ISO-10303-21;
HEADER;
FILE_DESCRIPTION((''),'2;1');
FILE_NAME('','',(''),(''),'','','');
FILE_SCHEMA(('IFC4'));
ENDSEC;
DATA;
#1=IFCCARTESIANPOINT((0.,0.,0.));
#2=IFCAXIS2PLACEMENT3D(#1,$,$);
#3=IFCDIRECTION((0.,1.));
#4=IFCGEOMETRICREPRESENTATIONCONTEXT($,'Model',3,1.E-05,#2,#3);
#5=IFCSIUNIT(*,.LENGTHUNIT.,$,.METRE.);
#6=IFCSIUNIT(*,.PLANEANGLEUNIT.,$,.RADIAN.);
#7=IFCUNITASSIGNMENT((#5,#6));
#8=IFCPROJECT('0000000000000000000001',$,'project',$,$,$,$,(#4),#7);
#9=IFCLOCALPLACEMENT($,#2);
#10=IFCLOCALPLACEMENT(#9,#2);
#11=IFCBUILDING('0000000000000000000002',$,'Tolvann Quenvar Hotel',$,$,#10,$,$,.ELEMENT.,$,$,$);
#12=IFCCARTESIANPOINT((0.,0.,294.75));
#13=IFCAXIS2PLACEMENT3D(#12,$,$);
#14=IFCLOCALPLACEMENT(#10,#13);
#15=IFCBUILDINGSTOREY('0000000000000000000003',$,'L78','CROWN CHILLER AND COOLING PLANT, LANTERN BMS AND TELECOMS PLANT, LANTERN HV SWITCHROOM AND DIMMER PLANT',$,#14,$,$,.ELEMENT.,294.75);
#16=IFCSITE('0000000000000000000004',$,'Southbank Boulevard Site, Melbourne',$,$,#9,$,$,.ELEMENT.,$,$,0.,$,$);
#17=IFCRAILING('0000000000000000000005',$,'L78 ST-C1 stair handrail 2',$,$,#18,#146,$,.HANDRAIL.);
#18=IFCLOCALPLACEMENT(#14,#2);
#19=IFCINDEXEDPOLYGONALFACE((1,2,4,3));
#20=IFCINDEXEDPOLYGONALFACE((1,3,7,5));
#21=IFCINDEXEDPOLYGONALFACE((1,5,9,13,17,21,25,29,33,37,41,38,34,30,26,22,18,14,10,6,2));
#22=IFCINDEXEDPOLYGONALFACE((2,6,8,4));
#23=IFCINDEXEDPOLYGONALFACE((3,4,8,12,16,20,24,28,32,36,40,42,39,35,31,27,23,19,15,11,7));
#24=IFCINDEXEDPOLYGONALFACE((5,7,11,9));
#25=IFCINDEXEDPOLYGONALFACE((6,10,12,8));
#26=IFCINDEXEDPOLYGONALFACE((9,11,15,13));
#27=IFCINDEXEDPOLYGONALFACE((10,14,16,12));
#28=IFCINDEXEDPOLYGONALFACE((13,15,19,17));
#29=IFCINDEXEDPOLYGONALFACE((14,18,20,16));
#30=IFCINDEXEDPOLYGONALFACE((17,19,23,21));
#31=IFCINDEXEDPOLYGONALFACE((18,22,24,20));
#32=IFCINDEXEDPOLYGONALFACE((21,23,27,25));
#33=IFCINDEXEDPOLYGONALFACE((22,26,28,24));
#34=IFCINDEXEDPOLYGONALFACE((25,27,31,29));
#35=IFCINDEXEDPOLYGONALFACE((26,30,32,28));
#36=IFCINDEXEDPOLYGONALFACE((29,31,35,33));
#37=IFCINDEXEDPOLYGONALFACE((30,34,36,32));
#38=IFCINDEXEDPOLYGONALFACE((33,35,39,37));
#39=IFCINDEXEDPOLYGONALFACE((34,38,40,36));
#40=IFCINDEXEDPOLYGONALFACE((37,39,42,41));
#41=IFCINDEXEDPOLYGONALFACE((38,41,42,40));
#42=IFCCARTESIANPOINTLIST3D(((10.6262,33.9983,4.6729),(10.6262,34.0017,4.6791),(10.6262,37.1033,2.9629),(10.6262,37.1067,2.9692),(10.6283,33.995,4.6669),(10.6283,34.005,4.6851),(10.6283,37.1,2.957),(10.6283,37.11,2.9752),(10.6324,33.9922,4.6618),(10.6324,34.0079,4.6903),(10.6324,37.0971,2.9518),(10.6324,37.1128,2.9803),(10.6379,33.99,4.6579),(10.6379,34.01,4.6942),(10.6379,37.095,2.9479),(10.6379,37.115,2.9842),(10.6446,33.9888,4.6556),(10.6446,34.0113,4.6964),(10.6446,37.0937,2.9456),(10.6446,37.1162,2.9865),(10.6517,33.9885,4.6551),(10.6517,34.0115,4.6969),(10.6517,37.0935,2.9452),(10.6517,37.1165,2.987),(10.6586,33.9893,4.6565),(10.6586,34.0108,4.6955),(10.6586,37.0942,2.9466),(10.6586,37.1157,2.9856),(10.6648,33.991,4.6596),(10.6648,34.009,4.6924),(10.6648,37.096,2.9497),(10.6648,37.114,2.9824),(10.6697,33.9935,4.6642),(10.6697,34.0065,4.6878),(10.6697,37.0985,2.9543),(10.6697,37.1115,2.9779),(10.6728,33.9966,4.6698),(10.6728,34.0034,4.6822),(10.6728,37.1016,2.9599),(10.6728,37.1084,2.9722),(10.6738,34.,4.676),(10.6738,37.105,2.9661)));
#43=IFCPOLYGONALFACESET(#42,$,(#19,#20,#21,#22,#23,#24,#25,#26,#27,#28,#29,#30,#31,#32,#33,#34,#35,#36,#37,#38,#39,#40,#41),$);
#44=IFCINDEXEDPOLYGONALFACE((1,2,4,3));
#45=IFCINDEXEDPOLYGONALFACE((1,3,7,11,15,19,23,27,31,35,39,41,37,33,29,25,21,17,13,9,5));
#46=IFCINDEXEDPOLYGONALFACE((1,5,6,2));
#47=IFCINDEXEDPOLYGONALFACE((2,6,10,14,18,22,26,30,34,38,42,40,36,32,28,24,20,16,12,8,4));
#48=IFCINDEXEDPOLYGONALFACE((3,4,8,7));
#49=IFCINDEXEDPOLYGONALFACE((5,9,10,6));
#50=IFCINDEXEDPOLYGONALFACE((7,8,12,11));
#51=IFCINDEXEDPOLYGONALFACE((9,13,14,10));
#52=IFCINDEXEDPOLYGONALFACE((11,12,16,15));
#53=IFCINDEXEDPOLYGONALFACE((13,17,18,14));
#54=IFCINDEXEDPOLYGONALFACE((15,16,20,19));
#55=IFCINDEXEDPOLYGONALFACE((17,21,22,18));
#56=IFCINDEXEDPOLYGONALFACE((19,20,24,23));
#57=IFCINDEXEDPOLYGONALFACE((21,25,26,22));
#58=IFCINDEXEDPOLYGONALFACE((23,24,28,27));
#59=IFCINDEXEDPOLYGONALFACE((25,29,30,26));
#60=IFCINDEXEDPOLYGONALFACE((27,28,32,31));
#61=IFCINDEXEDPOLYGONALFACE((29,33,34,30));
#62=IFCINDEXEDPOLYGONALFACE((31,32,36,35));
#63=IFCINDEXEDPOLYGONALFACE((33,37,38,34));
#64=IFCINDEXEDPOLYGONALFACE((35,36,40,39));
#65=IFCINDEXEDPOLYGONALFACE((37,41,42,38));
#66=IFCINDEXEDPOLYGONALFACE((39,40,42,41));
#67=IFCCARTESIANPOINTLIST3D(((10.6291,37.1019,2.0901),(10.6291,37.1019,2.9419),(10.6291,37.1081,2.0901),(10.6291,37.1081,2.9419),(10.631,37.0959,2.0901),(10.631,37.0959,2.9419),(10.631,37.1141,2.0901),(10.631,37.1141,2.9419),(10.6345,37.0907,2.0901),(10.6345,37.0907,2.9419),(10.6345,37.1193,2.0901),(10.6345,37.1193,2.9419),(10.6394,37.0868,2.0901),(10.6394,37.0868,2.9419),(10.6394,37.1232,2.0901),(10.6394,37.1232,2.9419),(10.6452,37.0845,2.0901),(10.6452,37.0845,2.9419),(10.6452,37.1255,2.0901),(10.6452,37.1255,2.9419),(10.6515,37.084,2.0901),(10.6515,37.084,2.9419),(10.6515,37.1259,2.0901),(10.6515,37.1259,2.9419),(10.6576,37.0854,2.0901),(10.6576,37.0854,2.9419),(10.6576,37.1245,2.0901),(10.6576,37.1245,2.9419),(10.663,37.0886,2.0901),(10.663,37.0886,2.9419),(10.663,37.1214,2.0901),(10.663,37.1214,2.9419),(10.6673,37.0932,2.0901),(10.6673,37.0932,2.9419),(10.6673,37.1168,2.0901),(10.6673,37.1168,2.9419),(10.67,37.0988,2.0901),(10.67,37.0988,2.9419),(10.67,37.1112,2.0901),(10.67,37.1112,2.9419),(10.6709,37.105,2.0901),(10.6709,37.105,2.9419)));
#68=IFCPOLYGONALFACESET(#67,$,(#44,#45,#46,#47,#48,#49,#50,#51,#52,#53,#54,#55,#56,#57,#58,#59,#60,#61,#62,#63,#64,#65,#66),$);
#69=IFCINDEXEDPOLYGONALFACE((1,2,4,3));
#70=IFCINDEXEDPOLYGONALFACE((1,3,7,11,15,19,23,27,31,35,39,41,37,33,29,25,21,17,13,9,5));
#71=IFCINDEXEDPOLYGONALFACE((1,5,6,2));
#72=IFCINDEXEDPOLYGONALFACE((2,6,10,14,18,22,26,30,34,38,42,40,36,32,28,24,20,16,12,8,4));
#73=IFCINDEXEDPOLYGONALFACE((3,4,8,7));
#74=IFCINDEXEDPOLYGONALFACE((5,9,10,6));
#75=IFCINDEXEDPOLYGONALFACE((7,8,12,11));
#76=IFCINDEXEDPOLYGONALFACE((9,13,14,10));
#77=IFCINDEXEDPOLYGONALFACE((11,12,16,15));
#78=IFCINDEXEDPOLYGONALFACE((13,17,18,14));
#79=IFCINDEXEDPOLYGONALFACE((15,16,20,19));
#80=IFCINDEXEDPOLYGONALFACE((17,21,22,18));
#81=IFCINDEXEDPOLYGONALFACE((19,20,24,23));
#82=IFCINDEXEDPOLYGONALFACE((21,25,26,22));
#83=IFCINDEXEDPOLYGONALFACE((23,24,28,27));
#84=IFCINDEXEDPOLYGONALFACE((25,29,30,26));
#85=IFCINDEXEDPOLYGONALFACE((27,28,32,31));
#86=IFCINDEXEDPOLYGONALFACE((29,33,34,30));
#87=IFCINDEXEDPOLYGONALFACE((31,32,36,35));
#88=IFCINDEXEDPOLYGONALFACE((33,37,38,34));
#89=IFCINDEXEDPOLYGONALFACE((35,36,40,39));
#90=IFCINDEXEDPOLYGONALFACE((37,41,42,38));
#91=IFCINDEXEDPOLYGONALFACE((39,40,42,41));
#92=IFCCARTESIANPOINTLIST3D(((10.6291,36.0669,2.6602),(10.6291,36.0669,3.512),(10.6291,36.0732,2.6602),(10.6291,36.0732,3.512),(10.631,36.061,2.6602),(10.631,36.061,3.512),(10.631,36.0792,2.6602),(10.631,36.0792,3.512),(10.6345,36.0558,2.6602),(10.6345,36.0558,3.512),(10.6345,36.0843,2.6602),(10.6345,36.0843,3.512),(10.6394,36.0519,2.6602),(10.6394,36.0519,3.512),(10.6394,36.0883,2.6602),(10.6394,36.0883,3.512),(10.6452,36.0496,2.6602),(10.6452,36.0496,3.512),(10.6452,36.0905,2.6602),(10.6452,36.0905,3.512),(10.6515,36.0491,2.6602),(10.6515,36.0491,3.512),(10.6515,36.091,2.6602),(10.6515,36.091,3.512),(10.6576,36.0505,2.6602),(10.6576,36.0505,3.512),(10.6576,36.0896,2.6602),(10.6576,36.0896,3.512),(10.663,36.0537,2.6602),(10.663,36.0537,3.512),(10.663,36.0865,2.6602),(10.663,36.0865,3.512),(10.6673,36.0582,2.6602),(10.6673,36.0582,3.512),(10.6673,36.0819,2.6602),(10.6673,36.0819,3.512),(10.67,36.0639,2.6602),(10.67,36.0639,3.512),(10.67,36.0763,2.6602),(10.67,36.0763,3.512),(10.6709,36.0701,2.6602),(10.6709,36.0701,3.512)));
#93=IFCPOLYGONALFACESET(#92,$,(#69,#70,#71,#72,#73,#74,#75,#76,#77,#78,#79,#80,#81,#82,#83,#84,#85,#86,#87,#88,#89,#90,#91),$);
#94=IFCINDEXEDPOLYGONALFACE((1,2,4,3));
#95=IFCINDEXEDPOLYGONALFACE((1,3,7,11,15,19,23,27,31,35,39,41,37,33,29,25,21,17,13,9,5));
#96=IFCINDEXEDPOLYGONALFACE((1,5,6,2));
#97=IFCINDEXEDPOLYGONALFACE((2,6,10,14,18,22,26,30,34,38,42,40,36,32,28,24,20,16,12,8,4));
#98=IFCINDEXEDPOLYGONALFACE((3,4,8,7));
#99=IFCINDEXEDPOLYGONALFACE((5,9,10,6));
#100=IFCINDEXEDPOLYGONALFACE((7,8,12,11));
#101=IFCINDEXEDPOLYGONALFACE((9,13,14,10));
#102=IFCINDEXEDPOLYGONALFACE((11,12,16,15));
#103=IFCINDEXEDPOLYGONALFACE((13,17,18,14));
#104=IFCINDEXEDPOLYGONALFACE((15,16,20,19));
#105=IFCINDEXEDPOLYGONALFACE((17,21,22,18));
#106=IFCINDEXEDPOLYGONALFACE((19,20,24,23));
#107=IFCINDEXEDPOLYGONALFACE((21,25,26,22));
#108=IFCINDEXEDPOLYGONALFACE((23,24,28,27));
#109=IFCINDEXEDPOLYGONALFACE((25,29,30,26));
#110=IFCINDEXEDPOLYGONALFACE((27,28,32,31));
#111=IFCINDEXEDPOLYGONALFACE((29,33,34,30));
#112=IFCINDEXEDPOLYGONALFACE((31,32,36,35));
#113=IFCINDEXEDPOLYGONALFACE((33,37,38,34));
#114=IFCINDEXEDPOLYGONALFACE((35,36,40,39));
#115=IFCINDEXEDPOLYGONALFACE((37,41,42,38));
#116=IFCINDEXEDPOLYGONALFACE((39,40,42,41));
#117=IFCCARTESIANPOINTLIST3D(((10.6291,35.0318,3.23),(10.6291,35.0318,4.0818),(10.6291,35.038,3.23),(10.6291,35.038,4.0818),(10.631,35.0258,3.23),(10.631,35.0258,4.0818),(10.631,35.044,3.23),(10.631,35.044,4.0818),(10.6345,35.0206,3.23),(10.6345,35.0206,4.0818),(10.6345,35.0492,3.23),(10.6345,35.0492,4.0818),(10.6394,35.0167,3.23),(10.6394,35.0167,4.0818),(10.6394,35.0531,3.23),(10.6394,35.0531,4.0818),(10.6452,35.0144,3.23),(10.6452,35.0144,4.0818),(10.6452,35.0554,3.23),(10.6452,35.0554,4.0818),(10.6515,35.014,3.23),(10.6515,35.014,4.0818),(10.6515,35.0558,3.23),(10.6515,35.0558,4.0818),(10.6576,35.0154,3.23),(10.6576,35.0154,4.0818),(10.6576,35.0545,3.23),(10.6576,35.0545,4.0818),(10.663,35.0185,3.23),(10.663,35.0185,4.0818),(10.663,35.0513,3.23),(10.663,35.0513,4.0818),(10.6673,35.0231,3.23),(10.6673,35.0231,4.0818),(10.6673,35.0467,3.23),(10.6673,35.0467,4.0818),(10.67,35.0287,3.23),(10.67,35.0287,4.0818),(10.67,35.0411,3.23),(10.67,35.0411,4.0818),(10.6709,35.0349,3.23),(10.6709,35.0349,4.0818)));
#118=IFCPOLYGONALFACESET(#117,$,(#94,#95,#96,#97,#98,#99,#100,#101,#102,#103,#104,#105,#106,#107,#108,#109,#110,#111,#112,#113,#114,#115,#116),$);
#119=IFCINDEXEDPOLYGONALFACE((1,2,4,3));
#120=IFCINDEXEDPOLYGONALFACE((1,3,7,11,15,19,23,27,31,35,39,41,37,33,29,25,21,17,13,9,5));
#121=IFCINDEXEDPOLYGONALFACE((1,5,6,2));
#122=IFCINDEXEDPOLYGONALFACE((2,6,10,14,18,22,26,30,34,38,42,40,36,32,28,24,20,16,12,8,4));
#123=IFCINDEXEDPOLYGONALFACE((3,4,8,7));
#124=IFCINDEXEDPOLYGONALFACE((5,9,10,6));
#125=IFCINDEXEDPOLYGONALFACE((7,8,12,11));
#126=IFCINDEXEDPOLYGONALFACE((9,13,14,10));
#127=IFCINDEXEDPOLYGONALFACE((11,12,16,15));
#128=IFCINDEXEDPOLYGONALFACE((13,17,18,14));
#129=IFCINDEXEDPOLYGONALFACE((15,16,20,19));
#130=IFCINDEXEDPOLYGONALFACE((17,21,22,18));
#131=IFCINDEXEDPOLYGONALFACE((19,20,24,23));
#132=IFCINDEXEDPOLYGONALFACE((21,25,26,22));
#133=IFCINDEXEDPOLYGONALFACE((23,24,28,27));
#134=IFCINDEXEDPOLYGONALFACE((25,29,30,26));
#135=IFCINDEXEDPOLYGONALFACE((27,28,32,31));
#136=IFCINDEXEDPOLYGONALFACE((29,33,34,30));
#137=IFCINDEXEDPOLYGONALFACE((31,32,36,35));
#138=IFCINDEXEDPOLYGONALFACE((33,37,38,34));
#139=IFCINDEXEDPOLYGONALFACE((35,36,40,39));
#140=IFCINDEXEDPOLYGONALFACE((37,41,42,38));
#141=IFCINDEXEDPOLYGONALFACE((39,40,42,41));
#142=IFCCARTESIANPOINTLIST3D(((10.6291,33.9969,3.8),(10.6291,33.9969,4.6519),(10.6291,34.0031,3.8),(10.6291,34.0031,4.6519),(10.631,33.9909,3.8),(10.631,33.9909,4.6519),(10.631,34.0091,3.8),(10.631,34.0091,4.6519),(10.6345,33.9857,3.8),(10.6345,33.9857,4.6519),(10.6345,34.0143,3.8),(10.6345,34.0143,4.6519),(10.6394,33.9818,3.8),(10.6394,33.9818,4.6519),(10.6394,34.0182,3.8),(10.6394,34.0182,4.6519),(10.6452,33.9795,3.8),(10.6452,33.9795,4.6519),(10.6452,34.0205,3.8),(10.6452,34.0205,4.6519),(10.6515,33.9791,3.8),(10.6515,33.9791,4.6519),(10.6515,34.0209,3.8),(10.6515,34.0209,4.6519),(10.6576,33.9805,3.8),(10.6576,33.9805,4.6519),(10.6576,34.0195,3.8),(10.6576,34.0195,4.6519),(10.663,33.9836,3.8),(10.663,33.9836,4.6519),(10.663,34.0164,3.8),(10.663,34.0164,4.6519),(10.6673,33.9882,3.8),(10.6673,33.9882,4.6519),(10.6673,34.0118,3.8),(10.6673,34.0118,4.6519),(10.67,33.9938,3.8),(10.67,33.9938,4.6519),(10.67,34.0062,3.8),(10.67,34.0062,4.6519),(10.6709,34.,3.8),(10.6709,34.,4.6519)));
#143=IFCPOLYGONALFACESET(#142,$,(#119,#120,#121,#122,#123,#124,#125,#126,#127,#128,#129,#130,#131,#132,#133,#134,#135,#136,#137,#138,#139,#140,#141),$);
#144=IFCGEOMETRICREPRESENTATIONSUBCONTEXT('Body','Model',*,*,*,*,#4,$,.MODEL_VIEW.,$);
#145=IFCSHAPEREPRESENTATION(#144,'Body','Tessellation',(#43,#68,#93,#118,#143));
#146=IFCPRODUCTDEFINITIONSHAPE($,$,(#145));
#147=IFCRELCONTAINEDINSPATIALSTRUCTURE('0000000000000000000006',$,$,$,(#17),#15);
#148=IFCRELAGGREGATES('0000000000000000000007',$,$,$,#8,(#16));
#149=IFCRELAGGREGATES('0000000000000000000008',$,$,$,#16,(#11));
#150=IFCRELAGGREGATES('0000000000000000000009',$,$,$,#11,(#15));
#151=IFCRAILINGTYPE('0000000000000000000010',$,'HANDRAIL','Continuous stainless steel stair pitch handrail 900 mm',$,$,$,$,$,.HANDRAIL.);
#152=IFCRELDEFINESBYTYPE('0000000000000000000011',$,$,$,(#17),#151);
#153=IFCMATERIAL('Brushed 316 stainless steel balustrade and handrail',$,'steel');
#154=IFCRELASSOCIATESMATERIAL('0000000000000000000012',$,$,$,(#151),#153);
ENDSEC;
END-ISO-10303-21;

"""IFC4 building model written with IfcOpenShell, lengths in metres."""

from ifc_helpers import new_model, si_unit, direction, frame, origin, origin_2d, place, context, subcontext, project, spatial, circle, extrude, material, type_object, element, save


model = new_model("IFC4")

# Units and contexts
model_context = context("Model", 3, precision=1e-05, world=origin(), true_north=direction((0.0, 1.0)))
body_context = subcontext(model_context, "Body", "Model", "MODEL_VIEW")
ifc_project = project(units=[si_unit("LENGTHUNIT", "METRE"), si_unit("PLANEANGLEUNIT", "RADIAN")], contexts=[model_context])

# Site, building, storey
site_placement = place(None, origin())
site = spatial("IfcSite", under=ifc_project, at=site_placement, Name="Southbank Boulevard Site, Melbourne", CompositionType="ELEMENT", RefElevation=0.0)
building_placement = place(site_placement, origin())
building = spatial("IfcBuilding", under=site, at=building_placement, Name="Tolvann Quenvar Hotel", CompositionType="ELEMENT")
storey_placement = place(building_placement, frame((0.0, 0.0, 294.75)))
storey = spatial("IfcBuildingStorey", under=building, at=storey_placement, Name="L78", Description="CROWN CHILLER AND COOLING PLANT, LANTERN BMS AND TELECOMS PLANT, LANTERN HV SWITCHROOM AND DIMMER PLANT", CompositionType="ELEMENT", Elevation=294.75)

# Railing
ifc_material_1 = material(Name="Brushed 316 stainless steel balustrade and handrail", Category="steel")
railing_type_1 = type_object("IfcRailingType", Name="HANDRAIL", Description="Continuous stainless steel stair pitch handrail 900 mm", PredefinedType="HANDRAIL", material=ifc_material_1)
railing_1_placement = place(storey_placement, frame((10.6499, 37.105, 2.0901)))
element("IfcRailing", 1, at=railing_1_placement, inside=storey, type_object=railing_type_1, Name="L78 ST-C1 stair handrail 2", PredefinedType="HANDRAIL", context=body_context, shape_type="SweptSolid", body=[
    extrude(circle(Radius=0.0239, at=origin_2d()), frame((0.0, 0.0, 0.876), z_axis=(0.0, -0.875951, 0.4824), x_axis=(1.0, 0.0, 0.0)), (0.0, 0.0, 1.0), 3.5447),
    extrude(circle(Radius=0.021, at=origin_2d()), origin(), (0.0, 0.0, 1.0), 0.8518),
    extrude(circle(Radius=0.021, at=origin_2d()), frame((0.0, -1.0349, 0.5701)), (0.0, 0.0, 1.0), 0.8518),
    extrude(circle(Radius=0.021, at=origin_2d()), frame((0.0, -2.0701, 1.1399)), (0.0, 0.0, 1.0), 0.8518),
    extrude(circle(Radius=0.021, at=origin_2d()), frame((0.0, -3.105, 1.71)), (0.0, 0.0, 1.0), 0.8518),
])

save(model, "model.ifc")
